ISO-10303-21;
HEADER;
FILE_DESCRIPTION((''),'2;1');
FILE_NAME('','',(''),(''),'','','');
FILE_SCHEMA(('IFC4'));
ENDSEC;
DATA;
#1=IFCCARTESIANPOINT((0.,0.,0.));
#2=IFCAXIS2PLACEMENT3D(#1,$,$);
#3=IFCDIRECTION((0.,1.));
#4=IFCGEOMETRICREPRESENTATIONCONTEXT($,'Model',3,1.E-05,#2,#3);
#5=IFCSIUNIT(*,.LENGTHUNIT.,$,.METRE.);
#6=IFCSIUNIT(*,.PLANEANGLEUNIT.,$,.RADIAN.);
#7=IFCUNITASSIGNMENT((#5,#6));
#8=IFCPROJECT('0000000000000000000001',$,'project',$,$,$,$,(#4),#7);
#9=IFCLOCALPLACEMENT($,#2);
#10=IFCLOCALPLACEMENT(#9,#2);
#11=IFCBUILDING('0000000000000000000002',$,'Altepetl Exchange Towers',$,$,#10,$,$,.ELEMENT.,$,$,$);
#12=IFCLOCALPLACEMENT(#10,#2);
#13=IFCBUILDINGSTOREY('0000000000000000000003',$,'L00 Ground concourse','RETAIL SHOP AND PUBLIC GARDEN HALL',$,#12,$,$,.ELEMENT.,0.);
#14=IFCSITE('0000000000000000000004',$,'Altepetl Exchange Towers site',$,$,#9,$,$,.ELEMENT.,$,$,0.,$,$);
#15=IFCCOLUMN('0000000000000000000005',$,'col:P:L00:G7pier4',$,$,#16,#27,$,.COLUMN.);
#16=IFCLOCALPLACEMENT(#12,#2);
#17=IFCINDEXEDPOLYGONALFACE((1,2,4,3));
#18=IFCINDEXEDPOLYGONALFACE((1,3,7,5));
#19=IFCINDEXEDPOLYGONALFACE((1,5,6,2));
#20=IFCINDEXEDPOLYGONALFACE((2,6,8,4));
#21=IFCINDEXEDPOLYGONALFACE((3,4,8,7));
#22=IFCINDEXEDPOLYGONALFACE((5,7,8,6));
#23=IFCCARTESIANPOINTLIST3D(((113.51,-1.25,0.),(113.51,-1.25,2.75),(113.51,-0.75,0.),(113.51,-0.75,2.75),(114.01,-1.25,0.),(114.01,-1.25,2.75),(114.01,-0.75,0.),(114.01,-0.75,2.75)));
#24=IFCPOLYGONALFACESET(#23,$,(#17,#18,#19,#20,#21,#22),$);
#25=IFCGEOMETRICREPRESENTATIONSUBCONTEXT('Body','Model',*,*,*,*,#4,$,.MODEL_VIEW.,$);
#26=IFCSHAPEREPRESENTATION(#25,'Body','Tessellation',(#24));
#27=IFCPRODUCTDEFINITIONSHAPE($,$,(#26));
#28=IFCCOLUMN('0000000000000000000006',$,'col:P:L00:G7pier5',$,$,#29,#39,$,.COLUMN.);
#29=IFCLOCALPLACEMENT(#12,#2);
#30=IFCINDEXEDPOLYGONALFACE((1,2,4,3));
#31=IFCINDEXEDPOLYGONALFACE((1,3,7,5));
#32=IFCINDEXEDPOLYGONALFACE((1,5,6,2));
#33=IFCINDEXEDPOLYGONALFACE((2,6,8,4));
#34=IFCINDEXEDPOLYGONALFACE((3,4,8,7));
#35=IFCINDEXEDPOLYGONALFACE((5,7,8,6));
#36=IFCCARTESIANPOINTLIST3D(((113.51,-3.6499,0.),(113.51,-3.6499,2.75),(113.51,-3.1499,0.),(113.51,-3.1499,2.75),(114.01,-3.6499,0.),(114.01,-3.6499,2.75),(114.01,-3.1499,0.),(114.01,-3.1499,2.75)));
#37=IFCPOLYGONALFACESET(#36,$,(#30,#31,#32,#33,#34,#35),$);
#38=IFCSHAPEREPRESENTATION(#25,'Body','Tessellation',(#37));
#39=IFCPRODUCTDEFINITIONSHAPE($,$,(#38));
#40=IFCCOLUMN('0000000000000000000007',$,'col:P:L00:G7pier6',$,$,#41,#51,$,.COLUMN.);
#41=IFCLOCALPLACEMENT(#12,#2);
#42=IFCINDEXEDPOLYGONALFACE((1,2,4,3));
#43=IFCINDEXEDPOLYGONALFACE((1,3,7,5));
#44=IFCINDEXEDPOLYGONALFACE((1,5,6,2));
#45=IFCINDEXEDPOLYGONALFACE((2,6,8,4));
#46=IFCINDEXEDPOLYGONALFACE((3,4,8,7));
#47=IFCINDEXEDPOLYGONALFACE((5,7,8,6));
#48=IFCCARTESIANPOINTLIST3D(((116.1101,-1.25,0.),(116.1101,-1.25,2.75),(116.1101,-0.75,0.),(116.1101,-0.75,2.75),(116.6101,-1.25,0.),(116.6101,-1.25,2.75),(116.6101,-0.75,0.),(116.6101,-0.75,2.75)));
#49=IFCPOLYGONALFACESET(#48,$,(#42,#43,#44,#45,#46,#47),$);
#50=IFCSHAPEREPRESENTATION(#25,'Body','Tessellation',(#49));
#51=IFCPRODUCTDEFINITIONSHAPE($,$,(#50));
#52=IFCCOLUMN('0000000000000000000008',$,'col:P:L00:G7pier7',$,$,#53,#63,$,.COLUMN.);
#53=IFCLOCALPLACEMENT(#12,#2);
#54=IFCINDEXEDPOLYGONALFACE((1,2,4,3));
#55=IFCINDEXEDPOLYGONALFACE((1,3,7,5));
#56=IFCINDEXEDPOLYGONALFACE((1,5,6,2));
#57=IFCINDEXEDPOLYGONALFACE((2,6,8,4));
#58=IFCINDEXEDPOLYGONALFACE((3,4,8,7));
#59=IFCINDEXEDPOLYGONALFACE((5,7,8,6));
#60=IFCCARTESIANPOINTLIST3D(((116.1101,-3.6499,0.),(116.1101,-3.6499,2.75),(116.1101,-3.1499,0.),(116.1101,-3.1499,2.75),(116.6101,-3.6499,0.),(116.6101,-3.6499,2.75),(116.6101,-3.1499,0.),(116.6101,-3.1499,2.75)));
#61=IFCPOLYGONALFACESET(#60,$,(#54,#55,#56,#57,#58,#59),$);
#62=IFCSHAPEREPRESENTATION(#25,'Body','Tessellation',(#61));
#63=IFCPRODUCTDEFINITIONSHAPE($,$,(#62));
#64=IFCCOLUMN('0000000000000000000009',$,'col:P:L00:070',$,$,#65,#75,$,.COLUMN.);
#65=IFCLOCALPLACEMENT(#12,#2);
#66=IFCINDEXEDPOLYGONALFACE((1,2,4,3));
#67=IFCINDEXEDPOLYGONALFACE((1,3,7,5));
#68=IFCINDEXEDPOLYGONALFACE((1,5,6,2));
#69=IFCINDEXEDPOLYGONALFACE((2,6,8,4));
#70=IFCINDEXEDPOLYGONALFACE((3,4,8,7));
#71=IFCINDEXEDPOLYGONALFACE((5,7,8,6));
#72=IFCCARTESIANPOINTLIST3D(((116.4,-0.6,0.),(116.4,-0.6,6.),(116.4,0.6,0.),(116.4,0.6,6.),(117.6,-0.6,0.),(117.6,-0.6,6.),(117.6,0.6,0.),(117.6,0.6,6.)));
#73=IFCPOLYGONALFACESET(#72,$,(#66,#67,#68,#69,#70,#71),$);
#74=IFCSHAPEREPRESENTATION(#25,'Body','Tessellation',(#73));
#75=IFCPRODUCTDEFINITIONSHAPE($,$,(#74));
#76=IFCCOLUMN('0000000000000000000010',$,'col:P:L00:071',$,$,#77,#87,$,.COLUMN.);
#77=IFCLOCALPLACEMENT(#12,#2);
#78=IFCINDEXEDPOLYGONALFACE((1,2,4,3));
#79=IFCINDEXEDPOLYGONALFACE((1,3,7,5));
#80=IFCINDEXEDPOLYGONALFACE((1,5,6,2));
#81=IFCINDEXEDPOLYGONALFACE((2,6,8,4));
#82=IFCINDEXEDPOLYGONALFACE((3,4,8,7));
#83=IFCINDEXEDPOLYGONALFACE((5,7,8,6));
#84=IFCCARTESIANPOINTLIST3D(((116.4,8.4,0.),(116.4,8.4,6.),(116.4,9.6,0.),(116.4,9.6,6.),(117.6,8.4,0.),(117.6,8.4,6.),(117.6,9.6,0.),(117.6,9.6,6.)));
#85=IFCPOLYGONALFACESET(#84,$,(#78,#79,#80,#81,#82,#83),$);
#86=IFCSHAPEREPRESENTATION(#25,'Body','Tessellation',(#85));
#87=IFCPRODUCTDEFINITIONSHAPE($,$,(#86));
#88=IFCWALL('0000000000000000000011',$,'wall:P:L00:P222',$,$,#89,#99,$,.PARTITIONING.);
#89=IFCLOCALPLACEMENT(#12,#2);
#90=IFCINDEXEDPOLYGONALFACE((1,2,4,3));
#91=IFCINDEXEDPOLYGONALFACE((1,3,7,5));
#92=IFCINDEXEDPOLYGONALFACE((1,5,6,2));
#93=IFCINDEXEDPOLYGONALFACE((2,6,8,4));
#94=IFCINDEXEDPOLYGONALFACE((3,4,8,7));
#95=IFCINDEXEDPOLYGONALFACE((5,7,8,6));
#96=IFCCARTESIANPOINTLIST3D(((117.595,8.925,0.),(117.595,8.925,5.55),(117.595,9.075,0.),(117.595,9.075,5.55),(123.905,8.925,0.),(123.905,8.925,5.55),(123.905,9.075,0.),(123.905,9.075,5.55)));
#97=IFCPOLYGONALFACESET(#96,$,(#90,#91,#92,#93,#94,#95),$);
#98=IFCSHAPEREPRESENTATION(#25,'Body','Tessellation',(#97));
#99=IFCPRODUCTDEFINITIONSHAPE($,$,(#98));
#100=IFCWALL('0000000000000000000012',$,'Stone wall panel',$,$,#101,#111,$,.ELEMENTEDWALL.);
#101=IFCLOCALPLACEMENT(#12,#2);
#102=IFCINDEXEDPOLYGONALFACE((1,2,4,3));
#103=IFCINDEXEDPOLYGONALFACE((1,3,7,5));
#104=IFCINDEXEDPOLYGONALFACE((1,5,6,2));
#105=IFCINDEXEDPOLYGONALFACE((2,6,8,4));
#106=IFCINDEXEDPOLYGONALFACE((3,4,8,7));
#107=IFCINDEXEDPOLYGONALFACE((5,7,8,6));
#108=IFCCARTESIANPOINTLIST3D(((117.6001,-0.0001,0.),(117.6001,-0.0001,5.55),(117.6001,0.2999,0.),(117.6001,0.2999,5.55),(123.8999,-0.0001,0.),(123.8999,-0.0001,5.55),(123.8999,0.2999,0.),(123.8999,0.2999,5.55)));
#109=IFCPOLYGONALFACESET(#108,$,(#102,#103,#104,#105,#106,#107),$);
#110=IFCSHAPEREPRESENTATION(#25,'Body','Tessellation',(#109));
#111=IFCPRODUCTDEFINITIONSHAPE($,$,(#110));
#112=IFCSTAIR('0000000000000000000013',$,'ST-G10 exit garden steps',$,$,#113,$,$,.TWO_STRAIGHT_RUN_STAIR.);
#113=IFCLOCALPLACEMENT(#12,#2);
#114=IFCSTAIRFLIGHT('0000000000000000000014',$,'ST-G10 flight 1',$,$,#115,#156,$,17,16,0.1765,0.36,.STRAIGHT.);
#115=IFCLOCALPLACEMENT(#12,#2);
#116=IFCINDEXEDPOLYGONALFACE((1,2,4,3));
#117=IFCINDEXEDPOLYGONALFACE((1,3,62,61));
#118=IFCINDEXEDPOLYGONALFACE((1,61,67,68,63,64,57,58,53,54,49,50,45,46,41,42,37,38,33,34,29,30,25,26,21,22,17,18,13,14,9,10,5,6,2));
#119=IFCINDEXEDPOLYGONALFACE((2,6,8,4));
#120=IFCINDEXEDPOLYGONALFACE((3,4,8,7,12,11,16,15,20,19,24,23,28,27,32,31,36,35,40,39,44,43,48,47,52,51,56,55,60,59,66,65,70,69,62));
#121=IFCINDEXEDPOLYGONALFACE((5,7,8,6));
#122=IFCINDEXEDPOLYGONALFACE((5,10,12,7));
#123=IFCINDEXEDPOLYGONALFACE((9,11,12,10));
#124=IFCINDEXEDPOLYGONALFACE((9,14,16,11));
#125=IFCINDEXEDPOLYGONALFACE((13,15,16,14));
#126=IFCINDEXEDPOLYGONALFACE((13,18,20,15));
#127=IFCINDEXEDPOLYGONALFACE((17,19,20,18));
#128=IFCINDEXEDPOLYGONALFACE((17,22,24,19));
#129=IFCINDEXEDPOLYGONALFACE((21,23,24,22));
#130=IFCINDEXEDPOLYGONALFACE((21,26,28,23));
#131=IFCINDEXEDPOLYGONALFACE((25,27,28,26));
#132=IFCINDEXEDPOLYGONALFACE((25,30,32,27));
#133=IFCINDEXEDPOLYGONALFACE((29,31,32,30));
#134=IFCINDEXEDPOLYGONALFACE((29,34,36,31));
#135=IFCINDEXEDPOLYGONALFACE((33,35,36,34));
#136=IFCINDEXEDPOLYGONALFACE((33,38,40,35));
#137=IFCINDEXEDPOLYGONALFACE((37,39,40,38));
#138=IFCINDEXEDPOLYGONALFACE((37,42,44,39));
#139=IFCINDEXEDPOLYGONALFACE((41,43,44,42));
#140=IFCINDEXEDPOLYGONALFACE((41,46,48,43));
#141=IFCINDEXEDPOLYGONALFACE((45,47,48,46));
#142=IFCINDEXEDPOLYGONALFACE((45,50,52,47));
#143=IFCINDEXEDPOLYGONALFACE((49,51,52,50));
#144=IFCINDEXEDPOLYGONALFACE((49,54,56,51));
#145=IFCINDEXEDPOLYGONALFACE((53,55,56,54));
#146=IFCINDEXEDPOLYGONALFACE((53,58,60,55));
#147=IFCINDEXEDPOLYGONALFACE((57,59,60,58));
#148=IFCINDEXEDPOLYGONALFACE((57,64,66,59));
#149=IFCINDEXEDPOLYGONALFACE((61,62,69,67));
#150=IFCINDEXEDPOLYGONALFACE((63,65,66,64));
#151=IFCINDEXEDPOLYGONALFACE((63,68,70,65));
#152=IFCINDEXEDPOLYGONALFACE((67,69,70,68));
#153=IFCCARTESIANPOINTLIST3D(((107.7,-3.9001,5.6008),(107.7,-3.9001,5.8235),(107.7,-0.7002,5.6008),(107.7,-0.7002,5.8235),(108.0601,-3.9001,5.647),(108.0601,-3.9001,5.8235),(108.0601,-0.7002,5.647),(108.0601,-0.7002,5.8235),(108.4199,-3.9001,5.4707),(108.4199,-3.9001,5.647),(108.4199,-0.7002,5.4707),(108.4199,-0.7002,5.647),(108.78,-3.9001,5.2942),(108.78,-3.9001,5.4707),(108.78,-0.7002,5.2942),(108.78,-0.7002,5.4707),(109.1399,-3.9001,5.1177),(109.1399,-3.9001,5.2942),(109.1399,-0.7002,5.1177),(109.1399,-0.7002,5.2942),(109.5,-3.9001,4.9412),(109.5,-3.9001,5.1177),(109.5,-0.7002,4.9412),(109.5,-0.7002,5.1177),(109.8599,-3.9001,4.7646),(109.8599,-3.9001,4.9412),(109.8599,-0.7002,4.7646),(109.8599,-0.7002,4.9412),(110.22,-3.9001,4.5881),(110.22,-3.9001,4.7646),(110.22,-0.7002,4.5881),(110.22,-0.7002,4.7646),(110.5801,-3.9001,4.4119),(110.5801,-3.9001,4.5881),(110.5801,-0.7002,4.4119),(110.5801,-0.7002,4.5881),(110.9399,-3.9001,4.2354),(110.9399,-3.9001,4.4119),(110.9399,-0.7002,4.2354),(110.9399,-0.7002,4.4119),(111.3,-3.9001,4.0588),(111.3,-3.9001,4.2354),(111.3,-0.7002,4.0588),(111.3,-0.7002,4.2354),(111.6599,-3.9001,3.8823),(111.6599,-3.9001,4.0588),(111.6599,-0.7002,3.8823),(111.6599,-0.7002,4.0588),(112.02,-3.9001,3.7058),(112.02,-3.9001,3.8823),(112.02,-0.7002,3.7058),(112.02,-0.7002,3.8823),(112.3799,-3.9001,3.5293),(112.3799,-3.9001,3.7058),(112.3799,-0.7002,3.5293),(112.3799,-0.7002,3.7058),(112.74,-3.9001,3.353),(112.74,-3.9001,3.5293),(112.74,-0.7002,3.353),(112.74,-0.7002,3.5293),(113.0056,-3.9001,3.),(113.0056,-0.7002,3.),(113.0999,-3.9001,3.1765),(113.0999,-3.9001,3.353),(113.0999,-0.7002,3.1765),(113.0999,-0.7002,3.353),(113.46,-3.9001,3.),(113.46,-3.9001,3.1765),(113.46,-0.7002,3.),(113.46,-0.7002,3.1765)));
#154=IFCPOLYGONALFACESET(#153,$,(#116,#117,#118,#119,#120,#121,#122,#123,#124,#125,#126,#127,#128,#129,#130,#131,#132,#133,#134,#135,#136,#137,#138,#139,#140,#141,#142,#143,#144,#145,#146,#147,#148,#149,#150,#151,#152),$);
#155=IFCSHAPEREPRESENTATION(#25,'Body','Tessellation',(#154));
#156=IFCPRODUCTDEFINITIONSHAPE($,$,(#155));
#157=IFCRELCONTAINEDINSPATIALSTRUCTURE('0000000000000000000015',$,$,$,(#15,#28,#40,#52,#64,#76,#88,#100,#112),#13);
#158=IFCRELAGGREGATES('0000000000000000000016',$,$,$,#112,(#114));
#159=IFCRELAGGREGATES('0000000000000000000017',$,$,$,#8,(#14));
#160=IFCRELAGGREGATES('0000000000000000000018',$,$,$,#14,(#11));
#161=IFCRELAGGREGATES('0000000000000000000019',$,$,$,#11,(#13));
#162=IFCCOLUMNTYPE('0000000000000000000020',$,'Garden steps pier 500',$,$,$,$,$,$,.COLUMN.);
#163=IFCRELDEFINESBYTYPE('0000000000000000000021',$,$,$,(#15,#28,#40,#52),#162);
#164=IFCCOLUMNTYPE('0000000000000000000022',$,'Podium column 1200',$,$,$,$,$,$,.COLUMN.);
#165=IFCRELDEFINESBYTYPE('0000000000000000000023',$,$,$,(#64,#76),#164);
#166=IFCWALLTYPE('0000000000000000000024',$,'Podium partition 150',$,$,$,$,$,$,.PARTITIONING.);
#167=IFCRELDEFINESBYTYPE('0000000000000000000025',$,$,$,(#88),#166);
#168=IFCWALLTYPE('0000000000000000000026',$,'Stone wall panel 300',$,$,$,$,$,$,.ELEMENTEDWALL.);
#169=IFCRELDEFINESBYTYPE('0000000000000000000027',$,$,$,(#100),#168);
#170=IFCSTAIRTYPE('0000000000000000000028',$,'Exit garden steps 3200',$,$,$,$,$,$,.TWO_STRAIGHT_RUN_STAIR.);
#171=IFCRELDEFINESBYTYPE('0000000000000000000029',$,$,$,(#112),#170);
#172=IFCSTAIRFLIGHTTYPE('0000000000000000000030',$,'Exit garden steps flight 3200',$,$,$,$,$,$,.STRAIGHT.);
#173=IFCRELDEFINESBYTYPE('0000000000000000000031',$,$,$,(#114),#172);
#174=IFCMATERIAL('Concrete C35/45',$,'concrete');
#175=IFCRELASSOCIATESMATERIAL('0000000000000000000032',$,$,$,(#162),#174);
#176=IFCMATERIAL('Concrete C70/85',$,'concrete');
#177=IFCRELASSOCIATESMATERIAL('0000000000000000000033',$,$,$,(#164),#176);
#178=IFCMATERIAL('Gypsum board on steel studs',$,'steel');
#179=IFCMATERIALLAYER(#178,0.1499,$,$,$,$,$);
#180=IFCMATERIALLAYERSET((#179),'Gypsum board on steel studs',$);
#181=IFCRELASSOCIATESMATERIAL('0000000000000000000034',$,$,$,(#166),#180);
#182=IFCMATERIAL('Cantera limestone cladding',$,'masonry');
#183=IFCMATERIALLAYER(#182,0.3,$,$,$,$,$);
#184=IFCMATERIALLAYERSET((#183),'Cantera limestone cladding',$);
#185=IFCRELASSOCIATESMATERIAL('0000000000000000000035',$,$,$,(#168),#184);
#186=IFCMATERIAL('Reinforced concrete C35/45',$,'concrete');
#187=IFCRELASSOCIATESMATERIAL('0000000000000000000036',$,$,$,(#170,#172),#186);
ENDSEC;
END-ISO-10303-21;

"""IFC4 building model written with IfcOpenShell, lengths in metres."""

from ifc_helpers import new_model, si_unit, direction, frame, frame_2d, origin, origin_2d, place, context, subcontext, project, spatial, polyline, rectangle, outline, extrude, material, layer, layer_set, material_profile, profile_set, type_object, element, aggregate, save


model = new_model("IFC4")

# Units and contexts
model_context = context("Model", 3, precision=1e-05, world=origin(), true_north=direction((0.0, 1.0)))
body_context = subcontext(model_context, "Body", "Model", "MODEL_VIEW")
ifc_project = project(units=[si_unit("LENGTHUNIT", "METRE"), si_unit("PLANEANGLEUNIT", "RADIAN")], contexts=[model_context])

# Site, building, storey
site_placement = place(None, origin())
site = spatial("IfcSite", under=ifc_project, at=site_placement, Name="Altepetl Exchange Towers site", CompositionType="ELEMENT", RefElevation=0.0)
building_placement = place(site_placement, origin())
building = spatial("IfcBuilding", under=site, at=building_placement, Name="Altepetl Exchange Towers", CompositionType="ELEMENT")
storey_placement = place(building_placement, origin())
storey = spatial("IfcBuildingStorey", under=building, at=storey_placement, Name="L00 Ground concourse", Description="RETAIL SHOP AND PUBLIC GARDEN HALL", CompositionType="ELEMENT", Elevation=0.0)

# Columns
ifc_material_1 = material(Name="Concrete C35/45", Category="concrete")
ifc_material_profile_1 = material_profile(ifc_material_1, rectangle(XDim=0.5, YDim=0.5, at=origin_2d()), Name="500 x 500")
ifc_profile_set_1 = profile_set([ifc_material_profile_1], Name="Concrete C35/45")
column_type_1 = type_object("IfcColumnType", Name="Garden steps pier 500", PredefinedType="COLUMN", material=ifc_profile_set_1)
for number, where, name in (
    (1, (113.76, -1.0, 0.0), "col:P:L00:G7pier4"),
    (2, (113.76, -3.3999, 0.0), "col:P:L00:G7pier5"),
    (3, (116.3601, -1.0, 0.0), "col:P:L00:G7pier6"),
    (4, (116.3601, -3.3999, 0.0), "col:P:L00:G7pier7"),
):
    element("IfcColumn", number, at=place(storey_placement, frame(where)), inside=storey, type_object=column_type_1, Name=name, PredefinedType="COLUMN", context=body_context, shape_type="SweptSolid", body=[
        extrude(rectangle(XDim=0.5, YDim=0.5, at=origin_2d()), origin(), (0.0, 0.0, 1.0), 2.75),
    ])
ifc_material_2 = material(Name="Concrete C70/85", Category="concrete")
ifc_material_profile_2 = material_profile(ifc_material_2, rectangle(XDim=1.2, YDim=1.2, at=origin_2d()), Name="1200 x 1200")
ifc_profile_set_2 = profile_set([ifc_material_profile_2], Name="Concrete C70/85")
column_type_2 = type_object("IfcColumnType", Name="Podium column 1200", PredefinedType="COLUMN", material=ifc_profile_set_2)
for number, where, name in (
    (5, (117.0, 0.0, 0.0), "col:P:L00:070"),
    (6, (117.0, 9.0, 0.0), "col:P:L00:071"),
):
    element("IfcColumn", number, at=place(storey_placement, frame(where)), inside=storey, type_object=column_type_2, Name=name, PredefinedType="COLUMN", context=body_context, shape_type="SweptSolid", body=[
        extrude(rectangle(XDim=1.2, YDim=1.2, at=origin_2d()), origin(), (0.0, 0.0, 1.0), 6.0),
    ])

# Walls
ifc_material_3 = material(Name="Gypsum board on steel studs", Category="steel")
ifc_layer_1 = layer(ifc_material_3, 0.1499)
ifc_layer_set_1 = layer_set([ifc_layer_1], Name="Gypsum board on steel studs")
wall_type_1 = type_object("IfcWallType", Name="Podium partition 150", PredefinedType="PARTITIONING", material=ifc_layer_set_1)
wall_1_placement = place(storey_placement, frame((117.595, 9.0, 0.0)))
element("IfcWall", 7, at=wall_1_placement, inside=storey, type_object=wall_type_1, Name="wall:P:L00:P222", PredefinedType="PARTITIONING", context=body_context, shape_type="SweptSolid", body=[
    extrude(rectangle(XDim=6.3101, YDim=0.1499, at=frame_2d((3.155, 0.0))), origin(), (0.0, 0.0, 1.0), 5.55),
])
ifc_material_4 = material(Name="Cantera limestone cladding", Category="masonry")
ifc_layer_2 = layer(ifc_material_4, 0.3)
ifc_layer_set_2 = layer_set([ifc_layer_2], Name="Cantera limestone cladding")
wall_type_2 = type_object("IfcWallType", Name="Stone wall panel 300", PredefinedType="ELEMENTEDWALL", material=ifc_layer_set_2)
wall_2_placement = place(storey_placement, frame((117.6001, 0.1499, 0.0)))
element("IfcWall", 8, at=wall_2_placement, inside=storey, type_object=wall_type_2, Name="Stone wall panel", PredefinedType="ELEMENTEDWALL", context=body_context, shape_type="SweptSolid", body=[
    extrude(rectangle(XDim=6.2998, YDim=0.3, at=frame_2d((3.1499, 0.0))), origin(), (0.0, 0.0, 1.0), 5.55),
])

# Stair, stair flight
ifc_material_5 = material(Name="Reinforced concrete C35/45", Category="concrete")
stair_type = type_object("IfcStairType", Name="Exit garden steps 3200", PredefinedType="TWO_STRAIGHT_RUN_STAIR", material=ifc_material_5)
stair_placement = place(storey_placement, origin())
stair = element("IfcStair", 9, at=stair_placement, inside=storey, type_object=stair_type, Name="ST-G10 exit garden steps", PredefinedType="TWO_STRAIGHT_RUN_STAIR")
stair_flight_type = type_object("IfcStairFlightType", Name="Exit garden steps flight 3200", PredefinedType="STRAIGHT", material=ifc_material_5)
stair_flight_1_placement = place(storey_placement, frame((113.46, -2.3, 3.0), z_axis=(0.0, 0.0, 1.0), x_axis=(-1.0, 0.0, 0.0)))
stair_flight_1 = element("IfcStairFlight", 10, at=stair_flight_1_placement, type_object=stair_flight_type, Name="ST-G10 flight 1", NumberOfRisers=17, NumberOfTreads=16, PredefinedType="STRAIGHT", RiserHeight=0.1765, TreadLength=0.36, context=body_context, shape_type="SweptSolid", body=[
    extrude(outline(polyline([(0.0, 0.0), (0.0, 0.1765), (0.3601, 0.1765), (0.3601, 0.353), (0.72, 0.353), (0.72, 0.5293), (1.0801, 0.5293), (1.0801, 0.7058), (1.4399, 0.7058), (1.4399, 0.8823), (1.8, 0.8823), (1.8, 1.0588), (2.1599, 1.0588), (2.1599, 1.2354), (2.52, 1.2354), (2.52, 1.4119), (2.8799, 1.4119), (2.8799, 1.5881), (3.24, 1.5881), (3.24, 1.7646), (3.6001, 1.7646), (3.6001, 1.9412), (3.96, 1.9412), (3.96, 2.1177), (4.3201, 2.1177), (4.3201, 2.2942), (4.6799, 2.2942), (4.6799, 2.4707), (5.04, 2.4707), (5.04, 2.647), (5.3999, 2.647), (5.3999, 2.8235), (5.76, 2.8235), (5.76, 3.0), (5.76, 2.6008), (0.4543, 0.0), (0.0, 0.0)])), frame((0.0, 1.6001, 0.0), z_axis=(0.0, -1.0, 0.0), x_axis=(1.0, 0.0, 0.0)), (0.0, 0.0, 1.0), 3.2),
])
aggregate(stair, [stair_flight_1])

save(model, "model.ifc")
